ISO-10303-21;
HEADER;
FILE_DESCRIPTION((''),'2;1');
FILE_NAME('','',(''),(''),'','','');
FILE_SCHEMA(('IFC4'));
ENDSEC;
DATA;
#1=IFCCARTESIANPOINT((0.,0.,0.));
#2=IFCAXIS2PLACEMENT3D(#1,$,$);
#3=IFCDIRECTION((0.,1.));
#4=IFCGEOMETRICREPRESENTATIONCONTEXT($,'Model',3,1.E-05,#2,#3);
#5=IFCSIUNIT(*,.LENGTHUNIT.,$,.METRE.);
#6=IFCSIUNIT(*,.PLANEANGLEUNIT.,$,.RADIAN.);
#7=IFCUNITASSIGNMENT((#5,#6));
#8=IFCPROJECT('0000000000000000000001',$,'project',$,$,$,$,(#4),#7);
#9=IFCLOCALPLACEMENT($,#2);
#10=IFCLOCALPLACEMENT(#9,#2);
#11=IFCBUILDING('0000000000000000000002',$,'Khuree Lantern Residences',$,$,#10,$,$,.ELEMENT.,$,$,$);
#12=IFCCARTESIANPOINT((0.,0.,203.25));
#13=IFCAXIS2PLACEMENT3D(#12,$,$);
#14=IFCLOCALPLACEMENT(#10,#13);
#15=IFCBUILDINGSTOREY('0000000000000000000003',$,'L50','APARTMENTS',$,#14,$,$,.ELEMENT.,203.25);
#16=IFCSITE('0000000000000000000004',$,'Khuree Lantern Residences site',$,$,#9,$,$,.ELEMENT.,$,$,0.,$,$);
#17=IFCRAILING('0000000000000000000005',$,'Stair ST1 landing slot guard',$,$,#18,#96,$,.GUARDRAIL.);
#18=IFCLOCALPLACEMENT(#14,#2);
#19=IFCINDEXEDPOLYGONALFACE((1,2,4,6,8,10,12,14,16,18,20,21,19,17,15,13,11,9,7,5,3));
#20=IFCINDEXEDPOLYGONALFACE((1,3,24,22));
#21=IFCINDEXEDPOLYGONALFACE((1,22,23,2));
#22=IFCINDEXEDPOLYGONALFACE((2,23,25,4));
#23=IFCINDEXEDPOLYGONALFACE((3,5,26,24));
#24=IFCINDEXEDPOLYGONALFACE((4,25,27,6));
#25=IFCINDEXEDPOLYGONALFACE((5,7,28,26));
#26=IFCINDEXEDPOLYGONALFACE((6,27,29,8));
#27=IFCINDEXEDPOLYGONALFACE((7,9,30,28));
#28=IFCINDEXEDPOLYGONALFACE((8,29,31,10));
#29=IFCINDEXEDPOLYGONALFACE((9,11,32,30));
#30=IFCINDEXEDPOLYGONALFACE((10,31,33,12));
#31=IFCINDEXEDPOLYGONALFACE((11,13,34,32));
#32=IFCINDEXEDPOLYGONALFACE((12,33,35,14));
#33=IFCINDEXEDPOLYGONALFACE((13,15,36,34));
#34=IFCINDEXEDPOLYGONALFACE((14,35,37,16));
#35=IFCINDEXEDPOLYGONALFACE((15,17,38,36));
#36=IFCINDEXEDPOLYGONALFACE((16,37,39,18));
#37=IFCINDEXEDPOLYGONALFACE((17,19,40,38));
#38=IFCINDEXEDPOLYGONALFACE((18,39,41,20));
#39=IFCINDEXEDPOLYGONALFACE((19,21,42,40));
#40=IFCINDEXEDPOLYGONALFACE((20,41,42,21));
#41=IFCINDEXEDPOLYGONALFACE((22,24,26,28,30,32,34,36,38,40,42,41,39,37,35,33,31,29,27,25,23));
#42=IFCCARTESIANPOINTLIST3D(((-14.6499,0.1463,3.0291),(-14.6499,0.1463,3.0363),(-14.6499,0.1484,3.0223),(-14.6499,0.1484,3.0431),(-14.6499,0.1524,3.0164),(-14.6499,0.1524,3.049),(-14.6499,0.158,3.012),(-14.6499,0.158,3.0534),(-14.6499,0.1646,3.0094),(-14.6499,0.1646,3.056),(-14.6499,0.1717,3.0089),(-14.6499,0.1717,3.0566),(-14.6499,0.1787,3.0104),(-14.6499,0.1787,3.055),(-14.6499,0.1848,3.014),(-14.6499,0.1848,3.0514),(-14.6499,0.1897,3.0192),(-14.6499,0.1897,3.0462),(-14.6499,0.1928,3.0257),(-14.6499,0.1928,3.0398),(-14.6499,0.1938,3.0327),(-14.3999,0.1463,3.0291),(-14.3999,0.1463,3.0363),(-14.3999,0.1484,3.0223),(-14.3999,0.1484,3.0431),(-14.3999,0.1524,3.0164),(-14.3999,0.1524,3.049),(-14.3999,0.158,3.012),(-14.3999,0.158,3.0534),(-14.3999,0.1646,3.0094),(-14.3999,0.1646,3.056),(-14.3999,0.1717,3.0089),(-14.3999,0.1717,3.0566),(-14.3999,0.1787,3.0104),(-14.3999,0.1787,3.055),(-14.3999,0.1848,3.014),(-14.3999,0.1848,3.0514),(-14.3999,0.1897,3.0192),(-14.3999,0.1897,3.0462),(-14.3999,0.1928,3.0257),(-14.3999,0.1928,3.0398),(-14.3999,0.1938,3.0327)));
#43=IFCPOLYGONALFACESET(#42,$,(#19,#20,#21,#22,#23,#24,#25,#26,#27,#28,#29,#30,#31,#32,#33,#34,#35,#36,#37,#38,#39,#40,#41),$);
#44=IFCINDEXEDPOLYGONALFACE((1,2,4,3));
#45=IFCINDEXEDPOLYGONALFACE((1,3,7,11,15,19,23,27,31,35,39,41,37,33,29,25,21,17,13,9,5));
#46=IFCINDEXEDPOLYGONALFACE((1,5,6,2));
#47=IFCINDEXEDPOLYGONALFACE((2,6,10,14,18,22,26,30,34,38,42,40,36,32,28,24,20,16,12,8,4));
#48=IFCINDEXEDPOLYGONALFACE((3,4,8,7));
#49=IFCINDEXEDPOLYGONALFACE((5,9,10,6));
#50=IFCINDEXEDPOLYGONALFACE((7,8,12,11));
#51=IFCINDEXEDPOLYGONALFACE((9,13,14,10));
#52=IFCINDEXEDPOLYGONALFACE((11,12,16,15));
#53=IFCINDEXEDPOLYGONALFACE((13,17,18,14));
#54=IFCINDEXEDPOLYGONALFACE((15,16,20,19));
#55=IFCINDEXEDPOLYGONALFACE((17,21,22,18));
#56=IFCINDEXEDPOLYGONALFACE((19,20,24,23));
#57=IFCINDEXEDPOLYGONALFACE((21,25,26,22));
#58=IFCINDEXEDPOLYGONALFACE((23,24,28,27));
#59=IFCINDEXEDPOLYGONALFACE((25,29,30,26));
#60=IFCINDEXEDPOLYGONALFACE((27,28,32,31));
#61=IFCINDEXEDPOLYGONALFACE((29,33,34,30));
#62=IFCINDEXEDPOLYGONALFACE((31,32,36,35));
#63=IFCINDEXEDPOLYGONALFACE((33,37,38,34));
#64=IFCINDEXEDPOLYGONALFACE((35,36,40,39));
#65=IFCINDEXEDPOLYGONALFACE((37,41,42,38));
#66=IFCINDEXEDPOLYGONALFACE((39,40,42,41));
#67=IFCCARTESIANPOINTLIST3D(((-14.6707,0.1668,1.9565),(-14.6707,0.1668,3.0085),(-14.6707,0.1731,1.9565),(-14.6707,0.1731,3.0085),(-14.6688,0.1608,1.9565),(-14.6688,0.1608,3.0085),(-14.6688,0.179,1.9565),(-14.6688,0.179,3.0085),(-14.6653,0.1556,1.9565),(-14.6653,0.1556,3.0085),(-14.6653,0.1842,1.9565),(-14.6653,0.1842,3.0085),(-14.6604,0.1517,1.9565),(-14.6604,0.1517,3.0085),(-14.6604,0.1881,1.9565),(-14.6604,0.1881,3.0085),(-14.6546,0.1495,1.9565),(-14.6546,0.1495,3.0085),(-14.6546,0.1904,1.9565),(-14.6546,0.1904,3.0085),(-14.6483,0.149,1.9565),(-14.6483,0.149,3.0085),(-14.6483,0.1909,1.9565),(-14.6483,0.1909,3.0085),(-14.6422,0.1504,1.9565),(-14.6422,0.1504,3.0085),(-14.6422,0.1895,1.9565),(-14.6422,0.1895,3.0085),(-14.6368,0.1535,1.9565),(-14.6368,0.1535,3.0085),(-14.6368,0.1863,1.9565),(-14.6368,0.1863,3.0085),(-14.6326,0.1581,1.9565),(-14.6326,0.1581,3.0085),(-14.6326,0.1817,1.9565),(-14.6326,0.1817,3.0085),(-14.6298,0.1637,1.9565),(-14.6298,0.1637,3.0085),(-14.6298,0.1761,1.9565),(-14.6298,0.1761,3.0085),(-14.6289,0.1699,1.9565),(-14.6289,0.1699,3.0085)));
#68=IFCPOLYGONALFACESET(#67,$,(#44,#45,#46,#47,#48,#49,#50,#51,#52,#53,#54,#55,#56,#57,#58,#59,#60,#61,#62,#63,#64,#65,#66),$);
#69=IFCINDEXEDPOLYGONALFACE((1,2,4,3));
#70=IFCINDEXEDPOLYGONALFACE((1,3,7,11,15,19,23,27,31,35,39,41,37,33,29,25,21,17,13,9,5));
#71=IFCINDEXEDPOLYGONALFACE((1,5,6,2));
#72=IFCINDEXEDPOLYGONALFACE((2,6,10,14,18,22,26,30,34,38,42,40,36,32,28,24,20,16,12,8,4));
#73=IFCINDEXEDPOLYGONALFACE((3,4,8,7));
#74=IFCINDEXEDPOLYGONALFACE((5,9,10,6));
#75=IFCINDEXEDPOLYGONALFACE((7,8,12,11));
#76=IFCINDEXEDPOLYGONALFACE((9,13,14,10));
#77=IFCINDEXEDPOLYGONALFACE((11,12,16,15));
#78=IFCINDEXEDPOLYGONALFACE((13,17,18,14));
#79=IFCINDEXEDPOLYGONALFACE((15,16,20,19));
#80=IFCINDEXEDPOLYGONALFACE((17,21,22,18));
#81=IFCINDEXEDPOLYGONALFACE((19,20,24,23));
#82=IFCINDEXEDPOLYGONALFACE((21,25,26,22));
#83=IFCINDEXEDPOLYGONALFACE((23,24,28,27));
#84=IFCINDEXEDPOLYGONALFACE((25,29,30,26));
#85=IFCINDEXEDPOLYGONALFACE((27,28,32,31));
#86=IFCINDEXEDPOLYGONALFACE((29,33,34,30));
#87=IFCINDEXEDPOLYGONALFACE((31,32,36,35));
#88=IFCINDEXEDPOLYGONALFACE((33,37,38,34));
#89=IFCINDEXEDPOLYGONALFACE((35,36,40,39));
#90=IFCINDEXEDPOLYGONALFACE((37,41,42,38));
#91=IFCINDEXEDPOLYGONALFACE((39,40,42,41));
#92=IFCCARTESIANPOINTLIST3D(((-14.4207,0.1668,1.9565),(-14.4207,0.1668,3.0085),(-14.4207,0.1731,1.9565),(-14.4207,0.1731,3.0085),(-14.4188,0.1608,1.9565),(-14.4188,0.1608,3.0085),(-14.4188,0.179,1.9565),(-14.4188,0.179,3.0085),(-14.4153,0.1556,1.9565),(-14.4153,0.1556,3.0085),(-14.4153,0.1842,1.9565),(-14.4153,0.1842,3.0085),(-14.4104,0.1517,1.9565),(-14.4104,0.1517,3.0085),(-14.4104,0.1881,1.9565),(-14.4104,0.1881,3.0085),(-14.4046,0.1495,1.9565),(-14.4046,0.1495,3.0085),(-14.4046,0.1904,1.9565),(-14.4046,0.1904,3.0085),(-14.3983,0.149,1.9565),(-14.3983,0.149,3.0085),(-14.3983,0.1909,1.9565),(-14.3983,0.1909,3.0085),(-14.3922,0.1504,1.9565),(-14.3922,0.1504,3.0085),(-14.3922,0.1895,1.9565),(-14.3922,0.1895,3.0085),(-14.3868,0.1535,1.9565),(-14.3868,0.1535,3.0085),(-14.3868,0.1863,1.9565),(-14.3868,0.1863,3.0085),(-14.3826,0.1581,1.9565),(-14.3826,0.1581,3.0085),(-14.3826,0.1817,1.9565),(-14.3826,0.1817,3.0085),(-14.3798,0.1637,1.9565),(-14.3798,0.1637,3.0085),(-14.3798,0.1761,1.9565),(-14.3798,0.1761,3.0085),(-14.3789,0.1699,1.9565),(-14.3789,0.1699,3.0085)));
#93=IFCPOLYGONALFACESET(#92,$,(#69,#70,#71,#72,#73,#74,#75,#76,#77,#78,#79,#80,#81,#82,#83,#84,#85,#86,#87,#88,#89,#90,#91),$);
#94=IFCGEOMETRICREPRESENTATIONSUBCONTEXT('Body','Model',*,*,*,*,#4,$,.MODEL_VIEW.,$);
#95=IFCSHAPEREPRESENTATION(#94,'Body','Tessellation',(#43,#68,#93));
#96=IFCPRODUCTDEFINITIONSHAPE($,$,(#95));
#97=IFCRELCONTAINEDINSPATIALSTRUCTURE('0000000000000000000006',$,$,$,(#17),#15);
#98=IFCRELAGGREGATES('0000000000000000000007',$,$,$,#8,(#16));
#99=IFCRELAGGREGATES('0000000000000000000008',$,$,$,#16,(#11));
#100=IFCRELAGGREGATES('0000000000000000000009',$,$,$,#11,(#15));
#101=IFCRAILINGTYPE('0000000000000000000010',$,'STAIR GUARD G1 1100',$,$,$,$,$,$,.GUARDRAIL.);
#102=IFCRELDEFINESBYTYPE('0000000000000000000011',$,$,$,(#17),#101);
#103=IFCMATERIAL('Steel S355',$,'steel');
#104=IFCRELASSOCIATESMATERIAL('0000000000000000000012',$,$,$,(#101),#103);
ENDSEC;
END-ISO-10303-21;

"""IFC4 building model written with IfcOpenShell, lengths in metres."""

from ifc_helpers import new_model, si_unit, direction, frame, origin, origin_2d, place, context, subcontext, project, spatial, circle, extrude, material, type_object, element, save


model = new_model("IFC4")

# Units and contexts
model_context = context("Model", 3, precision=1e-05, world=origin(), true_north=direction((0.0, 1.0)))
body_context = subcontext(model_context, "Body", "Model", "MODEL_VIEW")
ifc_project = project(units=[si_unit("LENGTHUNIT", "METRE"), si_unit("PLANEANGLEUNIT", "RADIAN")], contexts=[model_context])

# Site, building, storey
site_placement = place(None, origin())
site = spatial("IfcSite", under=ifc_project, at=site_placement, Name="Khuree Lantern Residences site", CompositionType="ELEMENT", RefElevation=0.0)
building_placement = place(site_placement, origin())
building = spatial("IfcBuilding", under=site, at=building_placement, Name="Khuree Lantern Residences", CompositionType="ELEMENT")
storey_placement = place(building_placement, frame((0.0, 0.0, 203.25)))
storey = spatial("IfcBuildingStorey", under=building, at=storey_placement, Name="L50", Description="APARTMENTS", CompositionType="ELEMENT", Elevation=203.25)

# Railing
ifc_material_1 = material(Name="Steel S355", Category="steel")
railing_type = type_object("IfcRailingType", Name="STAIR GUARD G1 1100", PredefinedType="GUARDRAIL", material=ifc_material_1)
railing_placement = place(storey_placement, frame((-14.6499, 0.1699, 1.9565)))
element("IfcRailing", 1, at=railing_placement, inside=storey, type_object=railing_type, Name="Stair ST1 landing slot guard", PredefinedType="GUARDRAIL", context=body_context, shape_type="SweptSolid", body=[
    extrude(circle(Radius=0.0239, at=origin_2d()), frame((0.0, 0.0, 1.0762), z_axis=(1.0, 0.0, 0.0), x_axis=(0.0, 1.0, 0.0)), (0.0, 0.0, 1.0), 0.25),
    extrude(circle(Radius=0.021, at=origin_2d()), origin(), (0.0, 0.0, 1.0), 1.052),
    extrude(circle(Radius=0.021, at=origin_2d()), frame((0.25, 0.0, 0.0)), (0.0, 0.0, 1.0), 1.052),
])

save(model, "model.ifc")
